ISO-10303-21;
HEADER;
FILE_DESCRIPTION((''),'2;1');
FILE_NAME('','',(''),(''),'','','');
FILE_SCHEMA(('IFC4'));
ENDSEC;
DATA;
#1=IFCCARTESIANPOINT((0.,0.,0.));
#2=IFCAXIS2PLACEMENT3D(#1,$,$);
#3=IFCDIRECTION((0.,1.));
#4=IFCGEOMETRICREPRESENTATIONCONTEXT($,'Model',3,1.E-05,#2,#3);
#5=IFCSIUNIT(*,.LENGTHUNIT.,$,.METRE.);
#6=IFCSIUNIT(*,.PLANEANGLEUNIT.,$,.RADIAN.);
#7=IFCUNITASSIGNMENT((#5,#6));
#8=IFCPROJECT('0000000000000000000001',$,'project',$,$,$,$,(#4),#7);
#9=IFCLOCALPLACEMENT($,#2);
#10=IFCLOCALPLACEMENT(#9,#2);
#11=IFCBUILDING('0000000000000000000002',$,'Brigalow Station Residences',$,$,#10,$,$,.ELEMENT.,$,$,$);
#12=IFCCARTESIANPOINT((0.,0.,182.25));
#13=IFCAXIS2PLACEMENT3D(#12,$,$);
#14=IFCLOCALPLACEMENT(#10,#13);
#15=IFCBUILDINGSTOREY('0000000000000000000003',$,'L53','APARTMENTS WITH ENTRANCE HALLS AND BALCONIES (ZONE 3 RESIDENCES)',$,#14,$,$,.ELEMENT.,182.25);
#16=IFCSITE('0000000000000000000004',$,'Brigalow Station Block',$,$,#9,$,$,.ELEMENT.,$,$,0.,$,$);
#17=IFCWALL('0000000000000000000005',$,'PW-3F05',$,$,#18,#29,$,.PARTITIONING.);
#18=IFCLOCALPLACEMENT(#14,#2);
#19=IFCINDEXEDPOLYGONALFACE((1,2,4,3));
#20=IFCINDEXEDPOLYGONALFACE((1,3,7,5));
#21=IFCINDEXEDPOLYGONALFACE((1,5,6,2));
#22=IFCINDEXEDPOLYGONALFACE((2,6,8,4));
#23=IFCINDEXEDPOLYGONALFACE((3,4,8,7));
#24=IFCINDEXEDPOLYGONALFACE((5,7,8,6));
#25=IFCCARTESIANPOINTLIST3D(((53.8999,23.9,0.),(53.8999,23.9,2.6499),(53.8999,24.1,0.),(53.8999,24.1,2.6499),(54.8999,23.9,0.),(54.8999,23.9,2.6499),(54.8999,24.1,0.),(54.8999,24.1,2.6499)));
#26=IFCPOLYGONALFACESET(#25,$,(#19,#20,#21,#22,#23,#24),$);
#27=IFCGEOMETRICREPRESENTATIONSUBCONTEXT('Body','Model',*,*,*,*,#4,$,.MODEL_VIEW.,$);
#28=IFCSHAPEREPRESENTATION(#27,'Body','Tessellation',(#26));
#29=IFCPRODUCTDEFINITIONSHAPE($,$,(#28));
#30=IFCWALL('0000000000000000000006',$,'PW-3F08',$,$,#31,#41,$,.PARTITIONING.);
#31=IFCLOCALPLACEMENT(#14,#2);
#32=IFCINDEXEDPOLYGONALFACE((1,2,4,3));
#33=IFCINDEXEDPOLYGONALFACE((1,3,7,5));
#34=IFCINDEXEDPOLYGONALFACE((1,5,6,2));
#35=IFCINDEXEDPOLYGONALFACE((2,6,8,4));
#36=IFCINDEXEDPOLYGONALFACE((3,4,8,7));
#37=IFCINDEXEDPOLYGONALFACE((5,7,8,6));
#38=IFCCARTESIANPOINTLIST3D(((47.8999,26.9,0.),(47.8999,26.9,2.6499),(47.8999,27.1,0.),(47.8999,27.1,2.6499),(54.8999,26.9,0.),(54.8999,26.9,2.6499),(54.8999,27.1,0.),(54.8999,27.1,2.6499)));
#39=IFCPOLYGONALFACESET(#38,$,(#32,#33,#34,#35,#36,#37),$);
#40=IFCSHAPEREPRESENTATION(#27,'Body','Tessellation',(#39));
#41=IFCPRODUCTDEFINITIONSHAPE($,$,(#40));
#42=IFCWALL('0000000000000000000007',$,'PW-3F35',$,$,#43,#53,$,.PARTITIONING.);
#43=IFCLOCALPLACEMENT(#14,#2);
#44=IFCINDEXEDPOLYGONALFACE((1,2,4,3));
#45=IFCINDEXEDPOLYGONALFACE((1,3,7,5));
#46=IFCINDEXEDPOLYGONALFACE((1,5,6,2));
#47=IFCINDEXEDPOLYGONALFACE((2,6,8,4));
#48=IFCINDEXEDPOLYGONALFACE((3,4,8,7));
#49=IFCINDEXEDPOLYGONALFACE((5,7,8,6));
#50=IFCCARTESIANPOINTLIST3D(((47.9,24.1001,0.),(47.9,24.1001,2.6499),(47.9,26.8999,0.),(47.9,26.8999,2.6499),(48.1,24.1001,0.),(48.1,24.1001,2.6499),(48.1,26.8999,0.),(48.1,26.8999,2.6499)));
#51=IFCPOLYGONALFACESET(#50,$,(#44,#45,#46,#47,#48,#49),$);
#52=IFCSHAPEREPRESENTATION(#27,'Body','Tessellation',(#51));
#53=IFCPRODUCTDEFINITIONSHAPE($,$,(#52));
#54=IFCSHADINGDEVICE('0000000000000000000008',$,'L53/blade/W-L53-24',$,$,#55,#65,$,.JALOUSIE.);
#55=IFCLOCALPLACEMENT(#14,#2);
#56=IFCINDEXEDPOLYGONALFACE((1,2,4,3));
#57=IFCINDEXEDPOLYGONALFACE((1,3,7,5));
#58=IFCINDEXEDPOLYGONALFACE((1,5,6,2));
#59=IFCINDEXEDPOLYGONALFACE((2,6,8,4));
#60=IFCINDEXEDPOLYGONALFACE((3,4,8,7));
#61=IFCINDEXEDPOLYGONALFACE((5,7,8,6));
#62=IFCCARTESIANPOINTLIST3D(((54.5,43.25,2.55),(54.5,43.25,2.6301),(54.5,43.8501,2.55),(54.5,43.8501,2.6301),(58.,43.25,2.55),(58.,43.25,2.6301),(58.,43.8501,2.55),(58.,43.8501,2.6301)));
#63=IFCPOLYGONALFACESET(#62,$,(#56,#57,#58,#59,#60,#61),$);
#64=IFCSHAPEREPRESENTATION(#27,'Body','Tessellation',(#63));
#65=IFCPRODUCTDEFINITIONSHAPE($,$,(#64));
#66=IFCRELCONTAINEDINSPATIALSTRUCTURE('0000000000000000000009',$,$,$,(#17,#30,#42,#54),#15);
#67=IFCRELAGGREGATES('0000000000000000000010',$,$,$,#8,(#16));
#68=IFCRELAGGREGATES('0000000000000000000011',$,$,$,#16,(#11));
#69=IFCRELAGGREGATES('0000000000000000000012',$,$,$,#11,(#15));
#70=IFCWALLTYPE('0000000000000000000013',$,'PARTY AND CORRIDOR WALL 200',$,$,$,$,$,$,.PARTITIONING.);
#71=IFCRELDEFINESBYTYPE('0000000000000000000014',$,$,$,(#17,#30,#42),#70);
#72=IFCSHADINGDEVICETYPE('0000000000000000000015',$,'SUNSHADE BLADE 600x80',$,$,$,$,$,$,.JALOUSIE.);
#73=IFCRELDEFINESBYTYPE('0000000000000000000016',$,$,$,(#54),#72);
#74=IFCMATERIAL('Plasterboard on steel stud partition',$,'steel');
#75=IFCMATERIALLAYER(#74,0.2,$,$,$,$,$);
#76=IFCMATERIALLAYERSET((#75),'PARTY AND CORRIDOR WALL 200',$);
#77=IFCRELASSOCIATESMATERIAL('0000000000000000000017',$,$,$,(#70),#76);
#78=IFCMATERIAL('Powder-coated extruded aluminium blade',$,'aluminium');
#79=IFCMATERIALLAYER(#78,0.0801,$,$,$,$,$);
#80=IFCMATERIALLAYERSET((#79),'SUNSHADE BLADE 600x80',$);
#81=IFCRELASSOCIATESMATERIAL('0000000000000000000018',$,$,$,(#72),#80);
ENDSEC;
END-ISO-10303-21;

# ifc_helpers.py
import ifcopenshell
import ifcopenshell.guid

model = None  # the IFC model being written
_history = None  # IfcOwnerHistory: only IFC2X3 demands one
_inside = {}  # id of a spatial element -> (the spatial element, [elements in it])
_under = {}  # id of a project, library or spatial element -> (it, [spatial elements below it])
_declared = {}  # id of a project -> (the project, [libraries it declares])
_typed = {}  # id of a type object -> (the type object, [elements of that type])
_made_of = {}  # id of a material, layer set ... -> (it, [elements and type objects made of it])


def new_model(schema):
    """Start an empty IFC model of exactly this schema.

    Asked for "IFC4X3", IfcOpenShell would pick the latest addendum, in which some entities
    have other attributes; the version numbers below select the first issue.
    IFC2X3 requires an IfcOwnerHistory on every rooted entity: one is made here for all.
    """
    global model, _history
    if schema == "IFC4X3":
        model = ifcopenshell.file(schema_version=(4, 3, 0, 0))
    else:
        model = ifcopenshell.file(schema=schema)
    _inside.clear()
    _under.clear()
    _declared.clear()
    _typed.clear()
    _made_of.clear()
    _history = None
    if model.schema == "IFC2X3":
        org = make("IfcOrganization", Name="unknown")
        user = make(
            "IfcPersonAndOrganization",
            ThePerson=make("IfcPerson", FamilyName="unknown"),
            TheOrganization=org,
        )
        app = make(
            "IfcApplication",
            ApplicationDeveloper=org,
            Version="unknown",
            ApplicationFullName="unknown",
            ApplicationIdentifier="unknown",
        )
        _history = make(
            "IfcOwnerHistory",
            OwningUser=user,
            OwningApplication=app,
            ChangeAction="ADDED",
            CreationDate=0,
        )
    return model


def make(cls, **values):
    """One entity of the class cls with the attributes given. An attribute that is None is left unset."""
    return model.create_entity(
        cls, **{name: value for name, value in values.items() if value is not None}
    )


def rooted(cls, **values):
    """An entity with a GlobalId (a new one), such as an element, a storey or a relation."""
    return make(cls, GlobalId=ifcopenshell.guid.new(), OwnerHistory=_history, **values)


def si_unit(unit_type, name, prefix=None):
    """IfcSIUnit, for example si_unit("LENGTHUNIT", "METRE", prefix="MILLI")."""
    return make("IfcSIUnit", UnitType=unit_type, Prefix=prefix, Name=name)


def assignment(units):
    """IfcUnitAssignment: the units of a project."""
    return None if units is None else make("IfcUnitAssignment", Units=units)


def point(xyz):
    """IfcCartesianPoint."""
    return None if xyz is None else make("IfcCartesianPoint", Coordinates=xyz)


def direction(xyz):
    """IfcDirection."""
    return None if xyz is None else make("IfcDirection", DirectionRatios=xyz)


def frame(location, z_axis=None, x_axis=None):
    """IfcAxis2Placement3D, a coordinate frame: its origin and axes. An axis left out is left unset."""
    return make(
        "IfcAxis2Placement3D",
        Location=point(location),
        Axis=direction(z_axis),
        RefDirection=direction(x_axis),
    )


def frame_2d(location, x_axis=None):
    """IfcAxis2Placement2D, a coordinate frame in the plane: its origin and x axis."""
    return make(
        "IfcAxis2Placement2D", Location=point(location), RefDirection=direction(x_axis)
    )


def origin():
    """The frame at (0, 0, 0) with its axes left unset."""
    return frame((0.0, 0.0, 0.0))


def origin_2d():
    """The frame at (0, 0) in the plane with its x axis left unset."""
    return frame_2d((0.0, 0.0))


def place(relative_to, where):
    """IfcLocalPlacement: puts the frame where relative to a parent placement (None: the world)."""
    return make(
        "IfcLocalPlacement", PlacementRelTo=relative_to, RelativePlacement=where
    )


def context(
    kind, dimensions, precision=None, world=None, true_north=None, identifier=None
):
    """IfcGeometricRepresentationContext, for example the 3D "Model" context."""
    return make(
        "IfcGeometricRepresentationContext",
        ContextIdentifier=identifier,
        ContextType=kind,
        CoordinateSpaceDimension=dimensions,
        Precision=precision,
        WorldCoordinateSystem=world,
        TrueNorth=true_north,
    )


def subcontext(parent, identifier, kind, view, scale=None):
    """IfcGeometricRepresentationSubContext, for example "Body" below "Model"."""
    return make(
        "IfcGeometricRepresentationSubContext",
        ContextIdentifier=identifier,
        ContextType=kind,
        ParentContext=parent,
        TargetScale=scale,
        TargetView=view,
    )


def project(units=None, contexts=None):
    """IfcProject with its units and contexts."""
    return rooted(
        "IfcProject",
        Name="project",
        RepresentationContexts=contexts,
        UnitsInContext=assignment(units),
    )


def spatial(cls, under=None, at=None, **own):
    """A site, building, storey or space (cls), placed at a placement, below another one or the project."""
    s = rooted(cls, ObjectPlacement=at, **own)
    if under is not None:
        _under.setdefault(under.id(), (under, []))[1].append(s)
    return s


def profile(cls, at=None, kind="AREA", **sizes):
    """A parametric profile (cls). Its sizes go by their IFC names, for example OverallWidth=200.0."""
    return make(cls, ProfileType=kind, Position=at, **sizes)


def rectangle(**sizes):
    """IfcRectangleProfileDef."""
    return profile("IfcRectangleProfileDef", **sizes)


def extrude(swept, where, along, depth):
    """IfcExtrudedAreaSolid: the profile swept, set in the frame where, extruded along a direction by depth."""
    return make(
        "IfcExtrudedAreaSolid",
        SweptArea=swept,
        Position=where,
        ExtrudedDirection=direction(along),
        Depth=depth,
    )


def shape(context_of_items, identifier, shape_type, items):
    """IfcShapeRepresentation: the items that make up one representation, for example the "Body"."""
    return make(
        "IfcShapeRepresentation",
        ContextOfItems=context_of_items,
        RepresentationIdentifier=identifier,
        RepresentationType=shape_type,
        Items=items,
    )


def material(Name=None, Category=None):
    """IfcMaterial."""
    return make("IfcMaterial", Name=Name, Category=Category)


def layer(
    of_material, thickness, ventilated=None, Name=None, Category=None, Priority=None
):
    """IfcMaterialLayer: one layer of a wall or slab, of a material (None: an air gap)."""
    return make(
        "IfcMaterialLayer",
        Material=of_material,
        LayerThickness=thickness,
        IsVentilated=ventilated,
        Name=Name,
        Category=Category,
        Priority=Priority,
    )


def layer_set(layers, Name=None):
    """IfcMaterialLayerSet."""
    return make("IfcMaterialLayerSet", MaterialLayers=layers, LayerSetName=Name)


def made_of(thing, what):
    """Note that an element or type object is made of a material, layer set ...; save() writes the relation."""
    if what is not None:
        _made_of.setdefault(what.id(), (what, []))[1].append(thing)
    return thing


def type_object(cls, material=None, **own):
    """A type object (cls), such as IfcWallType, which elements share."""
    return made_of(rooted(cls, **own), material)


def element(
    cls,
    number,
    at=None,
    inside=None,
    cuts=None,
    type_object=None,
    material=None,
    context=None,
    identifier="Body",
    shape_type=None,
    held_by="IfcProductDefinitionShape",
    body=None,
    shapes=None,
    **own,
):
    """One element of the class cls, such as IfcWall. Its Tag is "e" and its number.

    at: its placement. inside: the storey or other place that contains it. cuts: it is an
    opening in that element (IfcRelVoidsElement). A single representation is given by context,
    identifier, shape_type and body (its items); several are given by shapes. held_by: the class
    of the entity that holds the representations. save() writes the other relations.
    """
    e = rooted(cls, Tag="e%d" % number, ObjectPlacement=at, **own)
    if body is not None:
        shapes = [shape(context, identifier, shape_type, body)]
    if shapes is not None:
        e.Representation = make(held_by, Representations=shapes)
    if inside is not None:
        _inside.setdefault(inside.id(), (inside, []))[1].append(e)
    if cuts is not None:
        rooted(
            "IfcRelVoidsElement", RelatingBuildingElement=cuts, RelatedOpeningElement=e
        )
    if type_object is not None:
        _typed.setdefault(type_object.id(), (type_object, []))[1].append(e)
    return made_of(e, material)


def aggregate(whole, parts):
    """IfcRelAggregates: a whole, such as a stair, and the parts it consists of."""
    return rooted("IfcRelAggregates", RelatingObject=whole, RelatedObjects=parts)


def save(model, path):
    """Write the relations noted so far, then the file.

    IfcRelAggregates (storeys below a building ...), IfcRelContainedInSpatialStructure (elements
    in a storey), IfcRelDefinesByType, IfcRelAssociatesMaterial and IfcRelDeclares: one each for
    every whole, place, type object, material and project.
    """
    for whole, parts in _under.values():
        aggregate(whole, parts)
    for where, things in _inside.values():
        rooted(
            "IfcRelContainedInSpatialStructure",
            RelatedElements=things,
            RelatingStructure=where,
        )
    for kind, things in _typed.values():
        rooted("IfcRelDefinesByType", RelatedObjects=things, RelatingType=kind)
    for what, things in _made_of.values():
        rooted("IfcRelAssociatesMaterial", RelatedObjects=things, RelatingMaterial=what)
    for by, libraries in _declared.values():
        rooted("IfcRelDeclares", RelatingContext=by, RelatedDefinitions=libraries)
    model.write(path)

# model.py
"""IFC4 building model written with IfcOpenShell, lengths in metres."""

from ifc_helpers import new_model, si_unit, direction, frame, frame_2d, origin, origin_2d, place, context, subcontext, project, spatial, rectangle, extrude, material, layer, layer_set, type_object, element, save


model = new_model("IFC4")

# Units and contexts
model_context = context("Model", 3, precision=1e-05, world=origin(), true_north=direction((0.0, 1.0)))
body_context = subcontext(model_context, "Body", "Model", "MODEL_VIEW")
ifc_project = project(units=[si_unit("LENGTHUNIT", "METRE"), si_unit("PLANEANGLEUNIT", "RADIAN")], contexts=[model_context])

# Site, building, storey
site_placement = place(None, origin())
site = spatial("IfcSite", under=ifc_project, at=site_placement, Name="Brigalow Station Block", CompositionType="ELEMENT", RefElevation=0.0)
building_placement = place(site_placement, origin())
building = spatial("IfcBuilding", under=site, at=building_placement, Name="Brigalow Station Residences", CompositionType="ELEMENT")
storey_placement = place(building_placement, frame((0.0, 0.0, 182.25)))
storey = spatial("IfcBuildingStorey", under=building, at=storey_placement, Name="L53", Description="APARTMENTS WITH ENTRANCE HALLS AND BALCONIES (ZONE 3 RESIDENCES)", CompositionType="ELEMENT", Elevation=182.25)

# Walls
ifc_material_1 = material(Name="Plasterboard on steel stud partition", Category="steel")
ifc_layer_1 = layer(ifc_material_1, 0.2)
ifc_layer_set_1 = layer_set([ifc_layer_1], Name="PARTY AND CORRIDOR WALL 200")
wall_type_1 = type_object("IfcWallType", Name="PARTY AND CORRIDOR WALL 200", PredefinedType="PARTITIONING", material=ifc_layer_set_1)
wall_1_placement = place(storey_placement, frame((53.8999, 24.0, 0.0), z_axis=(0.0, 0.0, 1.0), x_axis=(1.0, 0.0, 0.0)))
element("IfcWall", 1, at=wall_1_placement, inside=storey, type_object=wall_type_1, Name="PW-3F05", PredefinedType="PARTITIONING", context=body_context, shape_type="SweptSolid", body=[
    extrude(rectangle(XDim=1.0, YDim=0.2, at=frame_2d((0.5, 0.0))), origin(), (0.0, 0.0, 1.0), 2.6499),
])
wall_2_placement = place(storey_placement, frame((47.8999, 27.0, 0.0), z_axis=(0.0, 0.0, 1.0), x_axis=(1.0, 0.0, 0.0)))
element("IfcWall", 2, at=wall_2_placement, inside=storey, type_object=wall_type_1, Name="PW-3F08", PredefinedType="PARTITIONING", context=body_context, shape_type="SweptSolid", body=[
    extrude(rectangle(XDim=7.0, YDim=0.2, at=frame_2d((3.5, 0.0))), origin(), (0.0, 0.0, 1.0), 2.6499),
])
wall_3_placement = place(storey_placement, frame((48.0, 24.1001, 0.0), z_axis=(0.0, 0.0, 1.0), x_axis=(0.0, 1.0, 0.0)))
element("IfcWall", 3, at=wall_3_placement, inside=storey, type_object=wall_type_1, Name="PW-3F35", PredefinedType="PARTITIONING", context=body_context, shape_type="SweptSolid", body=[
    extrude(rectangle(XDim=2.7998, YDim=0.2, at=frame_2d((1.3999, 0.0))), origin(), (0.0, 0.0, 1.0), 2.6499),
])

# Shading device
ifc_material_2 = material(Name="Powder-coated extruded aluminium blade", Category="aluminium")
ifc_layer_2 = layer(ifc_material_2, 0.0801)
ifc_layer_set_2 = layer_set([ifc_layer_2], Name="SUNSHADE BLADE 600x80")
shading_device_type = type_object("IfcShadingDeviceType", Name="SUNSHADE BLADE 600x80", PredefinedType="JALOUSIE", material=ifc_layer_set_2)
shading_device_placement = place(storey_placement, frame((56.25, 43.55, 2.55), z_axis=(0.0, 0.0, 1.0), x_axis=(-1.0, 0.0, 0.0)))
element("IfcShadingDevice", 4, at=shading_device_placement, inside=storey, type_object=shading_device_type, Name="L53/blade/W-L53-24", PredefinedType="JALOUSIE", context=body_context, shape_type="SweptSolid", body=[
    extrude(rectangle(XDim=3.5, YDim=0.6001, at=origin_2d()), origin(), (0.0, 0.0, 1.0), 0.0801),
])

save(model, "model.ifc")
